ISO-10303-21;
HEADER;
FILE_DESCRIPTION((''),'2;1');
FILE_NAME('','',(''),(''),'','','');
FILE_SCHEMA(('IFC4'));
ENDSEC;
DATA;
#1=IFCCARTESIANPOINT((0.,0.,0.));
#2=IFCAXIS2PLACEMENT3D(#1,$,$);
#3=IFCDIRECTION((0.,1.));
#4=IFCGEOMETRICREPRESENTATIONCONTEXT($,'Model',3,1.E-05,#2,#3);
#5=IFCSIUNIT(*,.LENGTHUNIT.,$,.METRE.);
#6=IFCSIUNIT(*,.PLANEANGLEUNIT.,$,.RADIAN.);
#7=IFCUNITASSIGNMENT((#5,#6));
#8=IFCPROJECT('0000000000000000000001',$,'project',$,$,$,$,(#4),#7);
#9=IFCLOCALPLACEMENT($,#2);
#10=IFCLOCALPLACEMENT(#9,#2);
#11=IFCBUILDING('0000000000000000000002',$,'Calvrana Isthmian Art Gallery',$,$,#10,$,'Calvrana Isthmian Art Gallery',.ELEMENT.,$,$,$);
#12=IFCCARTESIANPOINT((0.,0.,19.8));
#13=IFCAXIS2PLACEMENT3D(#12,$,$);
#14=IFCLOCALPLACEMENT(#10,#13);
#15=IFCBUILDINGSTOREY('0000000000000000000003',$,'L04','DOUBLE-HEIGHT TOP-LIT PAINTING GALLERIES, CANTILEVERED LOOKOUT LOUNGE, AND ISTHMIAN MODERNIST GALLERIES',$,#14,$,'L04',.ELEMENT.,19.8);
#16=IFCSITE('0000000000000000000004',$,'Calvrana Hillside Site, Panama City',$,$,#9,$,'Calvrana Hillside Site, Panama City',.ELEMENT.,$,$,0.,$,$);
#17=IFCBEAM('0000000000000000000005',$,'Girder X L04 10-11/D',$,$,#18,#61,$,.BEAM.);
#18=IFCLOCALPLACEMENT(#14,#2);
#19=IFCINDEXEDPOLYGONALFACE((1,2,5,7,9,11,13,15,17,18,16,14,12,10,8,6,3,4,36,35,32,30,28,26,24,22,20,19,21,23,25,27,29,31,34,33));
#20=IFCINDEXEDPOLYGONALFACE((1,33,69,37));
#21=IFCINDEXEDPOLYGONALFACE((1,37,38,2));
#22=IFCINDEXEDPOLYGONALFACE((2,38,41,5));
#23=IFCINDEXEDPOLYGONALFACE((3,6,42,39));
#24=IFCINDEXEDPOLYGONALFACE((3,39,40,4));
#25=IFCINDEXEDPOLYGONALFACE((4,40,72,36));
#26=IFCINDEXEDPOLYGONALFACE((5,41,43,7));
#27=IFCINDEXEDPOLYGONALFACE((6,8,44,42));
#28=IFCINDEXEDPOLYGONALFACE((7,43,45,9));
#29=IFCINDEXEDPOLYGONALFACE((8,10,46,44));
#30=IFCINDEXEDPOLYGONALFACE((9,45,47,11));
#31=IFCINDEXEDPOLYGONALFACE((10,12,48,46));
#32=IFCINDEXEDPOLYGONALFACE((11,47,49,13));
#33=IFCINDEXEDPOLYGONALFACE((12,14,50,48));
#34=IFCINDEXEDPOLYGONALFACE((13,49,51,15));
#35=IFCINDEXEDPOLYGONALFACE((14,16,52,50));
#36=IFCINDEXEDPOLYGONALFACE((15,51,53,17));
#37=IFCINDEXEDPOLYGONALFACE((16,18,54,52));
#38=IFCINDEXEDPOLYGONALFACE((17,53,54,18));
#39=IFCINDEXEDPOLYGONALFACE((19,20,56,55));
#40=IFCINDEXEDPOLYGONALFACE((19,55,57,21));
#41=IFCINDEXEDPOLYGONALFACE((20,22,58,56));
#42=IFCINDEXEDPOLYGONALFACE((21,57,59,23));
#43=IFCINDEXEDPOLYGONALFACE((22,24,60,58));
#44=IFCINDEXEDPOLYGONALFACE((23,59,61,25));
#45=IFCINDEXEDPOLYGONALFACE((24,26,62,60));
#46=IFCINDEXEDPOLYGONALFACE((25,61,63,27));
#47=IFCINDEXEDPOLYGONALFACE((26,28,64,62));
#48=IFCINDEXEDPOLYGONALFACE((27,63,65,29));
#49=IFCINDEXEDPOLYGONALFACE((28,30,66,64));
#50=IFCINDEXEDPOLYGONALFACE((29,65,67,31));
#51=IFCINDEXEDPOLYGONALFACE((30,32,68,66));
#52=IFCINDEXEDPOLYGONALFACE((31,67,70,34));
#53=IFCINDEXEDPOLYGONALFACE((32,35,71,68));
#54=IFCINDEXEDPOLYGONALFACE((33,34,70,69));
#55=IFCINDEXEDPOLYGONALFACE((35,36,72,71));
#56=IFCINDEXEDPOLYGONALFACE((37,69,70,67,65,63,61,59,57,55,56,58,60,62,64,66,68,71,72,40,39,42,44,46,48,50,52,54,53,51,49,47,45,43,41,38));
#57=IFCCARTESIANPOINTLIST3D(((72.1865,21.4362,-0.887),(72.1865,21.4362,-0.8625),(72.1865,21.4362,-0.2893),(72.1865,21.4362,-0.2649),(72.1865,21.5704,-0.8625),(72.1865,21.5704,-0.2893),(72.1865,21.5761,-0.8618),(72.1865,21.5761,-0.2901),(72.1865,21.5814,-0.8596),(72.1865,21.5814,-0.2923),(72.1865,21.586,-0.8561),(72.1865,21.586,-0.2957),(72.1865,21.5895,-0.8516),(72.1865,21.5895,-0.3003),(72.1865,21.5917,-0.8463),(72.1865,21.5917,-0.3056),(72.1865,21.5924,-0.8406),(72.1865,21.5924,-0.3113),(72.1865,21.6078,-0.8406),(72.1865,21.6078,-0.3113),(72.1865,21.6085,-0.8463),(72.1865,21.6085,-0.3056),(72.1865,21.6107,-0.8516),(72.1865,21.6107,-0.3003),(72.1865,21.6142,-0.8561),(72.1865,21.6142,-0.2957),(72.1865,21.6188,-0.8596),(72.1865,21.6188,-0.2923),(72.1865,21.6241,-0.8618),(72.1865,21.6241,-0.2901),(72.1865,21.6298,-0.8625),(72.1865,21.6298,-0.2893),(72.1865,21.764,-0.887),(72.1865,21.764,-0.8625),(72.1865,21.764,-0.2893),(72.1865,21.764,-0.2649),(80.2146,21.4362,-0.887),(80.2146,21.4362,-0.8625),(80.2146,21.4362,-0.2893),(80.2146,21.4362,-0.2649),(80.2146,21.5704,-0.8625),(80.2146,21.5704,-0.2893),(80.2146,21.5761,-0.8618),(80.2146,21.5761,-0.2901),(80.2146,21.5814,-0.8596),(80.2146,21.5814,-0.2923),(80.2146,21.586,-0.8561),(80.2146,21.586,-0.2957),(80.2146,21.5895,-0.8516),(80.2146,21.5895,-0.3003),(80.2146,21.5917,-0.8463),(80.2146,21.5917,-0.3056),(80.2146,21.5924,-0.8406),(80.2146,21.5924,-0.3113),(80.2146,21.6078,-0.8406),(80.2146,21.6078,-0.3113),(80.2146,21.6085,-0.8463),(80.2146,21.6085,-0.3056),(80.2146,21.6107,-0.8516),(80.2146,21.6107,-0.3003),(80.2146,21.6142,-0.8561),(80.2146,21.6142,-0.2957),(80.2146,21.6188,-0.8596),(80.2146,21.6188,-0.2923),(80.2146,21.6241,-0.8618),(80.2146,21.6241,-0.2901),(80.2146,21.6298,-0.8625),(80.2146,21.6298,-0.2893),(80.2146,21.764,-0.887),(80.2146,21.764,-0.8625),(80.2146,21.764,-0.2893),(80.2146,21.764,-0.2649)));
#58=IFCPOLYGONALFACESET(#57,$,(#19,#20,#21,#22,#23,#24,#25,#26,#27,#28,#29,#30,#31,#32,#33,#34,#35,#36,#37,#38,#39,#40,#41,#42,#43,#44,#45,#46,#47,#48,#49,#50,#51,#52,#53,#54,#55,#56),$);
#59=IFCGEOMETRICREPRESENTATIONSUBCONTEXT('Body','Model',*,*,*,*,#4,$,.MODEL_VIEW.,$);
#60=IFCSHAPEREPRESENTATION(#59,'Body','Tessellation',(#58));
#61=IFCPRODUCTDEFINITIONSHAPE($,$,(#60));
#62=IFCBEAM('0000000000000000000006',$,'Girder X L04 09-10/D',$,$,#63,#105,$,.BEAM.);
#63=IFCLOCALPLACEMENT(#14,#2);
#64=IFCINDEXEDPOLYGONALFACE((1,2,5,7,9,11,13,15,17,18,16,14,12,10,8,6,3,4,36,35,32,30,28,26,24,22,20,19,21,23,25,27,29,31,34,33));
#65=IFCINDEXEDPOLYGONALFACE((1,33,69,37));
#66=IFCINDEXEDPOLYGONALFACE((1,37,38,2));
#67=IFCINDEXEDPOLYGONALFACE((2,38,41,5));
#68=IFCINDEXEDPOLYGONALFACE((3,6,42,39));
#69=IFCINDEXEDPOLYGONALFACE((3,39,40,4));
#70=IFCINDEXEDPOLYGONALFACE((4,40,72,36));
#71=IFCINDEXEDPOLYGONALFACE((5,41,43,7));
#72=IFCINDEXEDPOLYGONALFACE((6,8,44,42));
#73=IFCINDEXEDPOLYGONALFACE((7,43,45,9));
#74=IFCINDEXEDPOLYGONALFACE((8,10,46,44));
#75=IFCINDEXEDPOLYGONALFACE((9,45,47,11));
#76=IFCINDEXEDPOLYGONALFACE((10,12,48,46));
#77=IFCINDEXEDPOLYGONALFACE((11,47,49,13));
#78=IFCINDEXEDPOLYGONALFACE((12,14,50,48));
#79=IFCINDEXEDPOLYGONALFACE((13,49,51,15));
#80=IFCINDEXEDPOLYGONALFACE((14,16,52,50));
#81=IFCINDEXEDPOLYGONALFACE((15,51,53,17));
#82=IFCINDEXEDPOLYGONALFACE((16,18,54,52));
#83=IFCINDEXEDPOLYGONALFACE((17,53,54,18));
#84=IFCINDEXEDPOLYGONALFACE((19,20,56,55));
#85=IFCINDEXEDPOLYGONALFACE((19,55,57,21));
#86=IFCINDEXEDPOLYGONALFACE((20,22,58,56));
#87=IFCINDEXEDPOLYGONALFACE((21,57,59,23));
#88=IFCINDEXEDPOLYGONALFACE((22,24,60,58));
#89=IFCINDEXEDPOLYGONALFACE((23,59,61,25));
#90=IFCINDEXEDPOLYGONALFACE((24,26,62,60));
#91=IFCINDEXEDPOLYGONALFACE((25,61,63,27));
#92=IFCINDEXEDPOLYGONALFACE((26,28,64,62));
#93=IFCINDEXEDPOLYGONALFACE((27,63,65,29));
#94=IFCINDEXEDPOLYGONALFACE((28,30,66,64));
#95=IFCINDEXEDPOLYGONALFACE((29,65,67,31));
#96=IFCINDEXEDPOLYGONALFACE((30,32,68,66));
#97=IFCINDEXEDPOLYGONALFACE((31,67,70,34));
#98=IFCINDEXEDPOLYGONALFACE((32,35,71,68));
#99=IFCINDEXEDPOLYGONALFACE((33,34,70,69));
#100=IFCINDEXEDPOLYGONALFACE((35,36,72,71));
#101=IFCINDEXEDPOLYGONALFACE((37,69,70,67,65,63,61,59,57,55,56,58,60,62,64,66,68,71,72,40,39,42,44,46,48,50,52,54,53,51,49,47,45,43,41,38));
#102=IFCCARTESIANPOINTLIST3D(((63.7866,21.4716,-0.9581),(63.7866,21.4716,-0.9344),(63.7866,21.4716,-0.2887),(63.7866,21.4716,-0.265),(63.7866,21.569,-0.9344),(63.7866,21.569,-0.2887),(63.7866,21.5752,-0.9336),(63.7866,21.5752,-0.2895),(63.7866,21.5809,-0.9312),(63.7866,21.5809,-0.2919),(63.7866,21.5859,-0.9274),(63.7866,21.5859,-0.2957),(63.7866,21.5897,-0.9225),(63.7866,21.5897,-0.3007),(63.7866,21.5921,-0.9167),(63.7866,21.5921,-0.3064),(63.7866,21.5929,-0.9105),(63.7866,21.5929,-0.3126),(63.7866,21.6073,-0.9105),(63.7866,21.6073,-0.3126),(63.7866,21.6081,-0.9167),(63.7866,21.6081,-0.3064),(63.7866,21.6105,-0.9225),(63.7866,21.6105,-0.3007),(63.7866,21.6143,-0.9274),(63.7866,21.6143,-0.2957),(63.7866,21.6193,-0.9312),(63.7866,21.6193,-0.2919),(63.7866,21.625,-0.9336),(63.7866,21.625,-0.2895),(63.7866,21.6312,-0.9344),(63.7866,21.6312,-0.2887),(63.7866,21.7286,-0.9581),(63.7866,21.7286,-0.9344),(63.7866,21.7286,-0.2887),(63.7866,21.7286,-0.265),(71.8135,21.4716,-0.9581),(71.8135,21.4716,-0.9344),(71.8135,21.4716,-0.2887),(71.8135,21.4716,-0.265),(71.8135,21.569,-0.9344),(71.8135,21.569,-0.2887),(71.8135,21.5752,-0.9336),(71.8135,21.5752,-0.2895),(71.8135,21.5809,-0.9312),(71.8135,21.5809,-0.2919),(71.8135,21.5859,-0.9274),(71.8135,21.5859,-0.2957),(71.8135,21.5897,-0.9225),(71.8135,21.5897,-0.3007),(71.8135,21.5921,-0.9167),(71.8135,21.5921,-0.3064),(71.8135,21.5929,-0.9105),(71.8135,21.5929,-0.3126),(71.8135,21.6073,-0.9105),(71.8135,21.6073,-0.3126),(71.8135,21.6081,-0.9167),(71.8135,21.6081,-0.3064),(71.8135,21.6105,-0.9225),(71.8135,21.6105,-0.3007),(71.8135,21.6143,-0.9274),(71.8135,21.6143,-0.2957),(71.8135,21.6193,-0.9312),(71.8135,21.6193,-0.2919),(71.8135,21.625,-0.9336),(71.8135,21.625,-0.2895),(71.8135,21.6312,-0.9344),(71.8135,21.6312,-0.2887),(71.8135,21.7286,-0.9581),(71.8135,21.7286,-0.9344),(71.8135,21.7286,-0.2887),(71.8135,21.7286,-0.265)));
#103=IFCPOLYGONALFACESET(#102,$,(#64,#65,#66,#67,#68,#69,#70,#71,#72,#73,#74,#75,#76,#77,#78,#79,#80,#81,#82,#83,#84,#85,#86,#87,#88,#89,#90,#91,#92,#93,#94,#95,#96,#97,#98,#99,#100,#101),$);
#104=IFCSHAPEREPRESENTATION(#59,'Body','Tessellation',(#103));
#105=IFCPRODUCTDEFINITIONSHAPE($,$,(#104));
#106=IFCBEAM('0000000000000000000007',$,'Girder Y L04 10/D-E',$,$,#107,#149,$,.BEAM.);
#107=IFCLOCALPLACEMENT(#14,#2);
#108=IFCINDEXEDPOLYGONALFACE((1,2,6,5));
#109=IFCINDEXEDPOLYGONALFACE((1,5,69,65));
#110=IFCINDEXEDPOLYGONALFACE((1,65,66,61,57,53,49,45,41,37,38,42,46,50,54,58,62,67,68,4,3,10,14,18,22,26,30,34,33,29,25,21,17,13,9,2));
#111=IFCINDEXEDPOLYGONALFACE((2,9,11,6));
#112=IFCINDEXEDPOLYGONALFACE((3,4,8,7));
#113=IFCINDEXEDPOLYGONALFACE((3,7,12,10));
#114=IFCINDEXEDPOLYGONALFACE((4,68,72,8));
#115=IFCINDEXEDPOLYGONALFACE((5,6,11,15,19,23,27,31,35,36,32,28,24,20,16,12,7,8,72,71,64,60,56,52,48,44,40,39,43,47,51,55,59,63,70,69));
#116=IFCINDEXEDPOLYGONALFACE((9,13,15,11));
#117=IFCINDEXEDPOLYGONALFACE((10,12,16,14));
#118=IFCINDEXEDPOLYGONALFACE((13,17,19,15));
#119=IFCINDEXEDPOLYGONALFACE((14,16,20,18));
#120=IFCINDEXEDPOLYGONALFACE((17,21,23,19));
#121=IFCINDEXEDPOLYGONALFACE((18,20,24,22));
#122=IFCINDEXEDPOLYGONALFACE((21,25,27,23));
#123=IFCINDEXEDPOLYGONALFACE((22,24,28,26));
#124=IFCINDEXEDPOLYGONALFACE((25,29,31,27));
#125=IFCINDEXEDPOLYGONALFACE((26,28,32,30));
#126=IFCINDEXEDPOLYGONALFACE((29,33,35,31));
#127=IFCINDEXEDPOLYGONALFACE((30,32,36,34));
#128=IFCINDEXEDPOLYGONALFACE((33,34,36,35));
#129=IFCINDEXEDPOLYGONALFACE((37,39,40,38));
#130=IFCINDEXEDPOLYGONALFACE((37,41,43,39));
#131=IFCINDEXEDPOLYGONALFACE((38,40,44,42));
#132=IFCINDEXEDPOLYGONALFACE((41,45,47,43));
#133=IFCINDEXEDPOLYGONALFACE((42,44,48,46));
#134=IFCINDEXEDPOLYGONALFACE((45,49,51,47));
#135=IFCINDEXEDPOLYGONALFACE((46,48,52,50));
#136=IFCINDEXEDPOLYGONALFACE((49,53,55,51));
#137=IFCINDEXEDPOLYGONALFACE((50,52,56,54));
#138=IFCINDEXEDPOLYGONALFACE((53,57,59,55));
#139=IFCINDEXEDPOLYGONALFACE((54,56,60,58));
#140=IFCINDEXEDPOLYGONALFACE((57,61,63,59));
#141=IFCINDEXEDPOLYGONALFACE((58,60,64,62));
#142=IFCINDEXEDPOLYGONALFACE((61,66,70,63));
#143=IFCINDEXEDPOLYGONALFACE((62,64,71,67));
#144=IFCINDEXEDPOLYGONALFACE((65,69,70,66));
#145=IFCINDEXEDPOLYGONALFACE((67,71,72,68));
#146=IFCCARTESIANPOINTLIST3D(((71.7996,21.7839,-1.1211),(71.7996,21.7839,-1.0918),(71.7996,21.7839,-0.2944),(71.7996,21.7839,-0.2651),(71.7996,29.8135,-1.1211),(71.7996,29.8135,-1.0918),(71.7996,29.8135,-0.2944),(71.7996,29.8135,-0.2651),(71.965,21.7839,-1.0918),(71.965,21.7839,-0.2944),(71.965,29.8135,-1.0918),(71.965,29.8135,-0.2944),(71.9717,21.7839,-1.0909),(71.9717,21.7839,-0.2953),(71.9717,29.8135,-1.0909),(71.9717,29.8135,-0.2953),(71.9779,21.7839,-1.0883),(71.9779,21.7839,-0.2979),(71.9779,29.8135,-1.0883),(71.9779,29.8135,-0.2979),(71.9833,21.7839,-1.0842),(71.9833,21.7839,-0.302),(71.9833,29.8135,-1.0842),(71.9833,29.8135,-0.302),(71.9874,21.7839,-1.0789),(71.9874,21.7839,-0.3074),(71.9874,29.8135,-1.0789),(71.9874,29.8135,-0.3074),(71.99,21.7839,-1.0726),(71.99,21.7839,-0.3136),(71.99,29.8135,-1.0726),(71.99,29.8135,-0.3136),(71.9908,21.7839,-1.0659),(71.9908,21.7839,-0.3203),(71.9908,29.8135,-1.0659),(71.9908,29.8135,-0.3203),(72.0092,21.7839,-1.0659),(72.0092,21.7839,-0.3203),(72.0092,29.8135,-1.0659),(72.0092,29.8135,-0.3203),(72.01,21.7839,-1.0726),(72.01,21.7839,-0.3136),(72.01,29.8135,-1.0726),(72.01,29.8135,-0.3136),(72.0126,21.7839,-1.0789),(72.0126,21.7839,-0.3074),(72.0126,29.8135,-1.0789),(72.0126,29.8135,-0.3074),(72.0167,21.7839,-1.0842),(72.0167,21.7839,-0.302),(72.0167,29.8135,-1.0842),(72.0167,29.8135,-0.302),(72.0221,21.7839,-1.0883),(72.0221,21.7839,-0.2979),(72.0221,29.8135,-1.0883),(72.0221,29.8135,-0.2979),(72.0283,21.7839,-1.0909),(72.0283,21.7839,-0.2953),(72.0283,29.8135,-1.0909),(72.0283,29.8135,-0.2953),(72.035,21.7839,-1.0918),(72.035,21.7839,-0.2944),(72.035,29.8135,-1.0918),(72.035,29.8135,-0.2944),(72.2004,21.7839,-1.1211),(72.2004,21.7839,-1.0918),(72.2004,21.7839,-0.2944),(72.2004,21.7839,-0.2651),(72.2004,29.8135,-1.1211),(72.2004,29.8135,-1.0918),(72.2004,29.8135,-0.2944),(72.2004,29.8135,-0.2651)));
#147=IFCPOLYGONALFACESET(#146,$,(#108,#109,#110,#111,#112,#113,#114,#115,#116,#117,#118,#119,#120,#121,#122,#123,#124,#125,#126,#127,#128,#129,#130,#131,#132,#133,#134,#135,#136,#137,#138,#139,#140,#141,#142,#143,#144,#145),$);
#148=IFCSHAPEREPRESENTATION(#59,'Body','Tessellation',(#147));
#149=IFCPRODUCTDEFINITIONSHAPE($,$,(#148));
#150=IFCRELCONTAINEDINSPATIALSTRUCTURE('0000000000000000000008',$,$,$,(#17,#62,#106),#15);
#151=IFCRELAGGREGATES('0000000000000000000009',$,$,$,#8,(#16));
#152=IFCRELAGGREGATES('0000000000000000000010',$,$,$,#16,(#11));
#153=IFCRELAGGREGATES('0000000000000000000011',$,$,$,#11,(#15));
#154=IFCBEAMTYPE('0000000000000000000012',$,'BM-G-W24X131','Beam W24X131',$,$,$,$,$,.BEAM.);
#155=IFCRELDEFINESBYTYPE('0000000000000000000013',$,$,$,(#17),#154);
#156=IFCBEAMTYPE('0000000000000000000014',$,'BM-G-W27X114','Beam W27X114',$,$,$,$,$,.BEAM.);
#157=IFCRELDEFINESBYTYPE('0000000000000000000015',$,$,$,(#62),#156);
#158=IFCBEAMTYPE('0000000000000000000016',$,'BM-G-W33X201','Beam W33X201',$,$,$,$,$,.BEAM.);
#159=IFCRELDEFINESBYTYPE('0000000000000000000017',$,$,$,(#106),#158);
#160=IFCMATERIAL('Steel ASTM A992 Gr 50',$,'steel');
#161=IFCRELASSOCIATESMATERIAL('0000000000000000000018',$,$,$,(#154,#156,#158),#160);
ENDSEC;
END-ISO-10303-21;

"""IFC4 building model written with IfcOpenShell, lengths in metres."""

from ifc_helpers import new_model, si_unit, direction, frame, origin, origin_2d, place, context, subcontext, project, spatial, i_section, extrude, material, material_profile, profile_set, type_object, element, save


model = new_model("IFC4")

# Units and contexts
model_context = context("Model", 3, precision=1e-05, world=origin(), true_north=direction((0.0, 1.0)))
body_context = subcontext(model_context, "Body", "Model", "MODEL_VIEW")
ifc_project = project(units=[si_unit("LENGTHUNIT", "METRE"), si_unit("PLANEANGLEUNIT", "RADIAN")], contexts=[model_context])

# Site, building, storey
site_placement = place(None, origin())
site = spatial("IfcSite", under=ifc_project, at=site_placement, Name="Calvrana Hillside Site, Panama City", LongName="Calvrana Hillside Site, Panama City", CompositionType="ELEMENT", RefElevation=0.0)
building_placement = place(site_placement, origin())
building = spatial("IfcBuilding", under=site, at=building_placement, Name="Calvrana Isthmian Art Gallery", LongName="Calvrana Isthmian Art Gallery", CompositionType="ELEMENT")
storey_placement = place(building_placement, frame((0.0, 0.0, 19.8)))
storey = spatial("IfcBuildingStorey", under=building, at=storey_placement, Name="L04", Description="DOUBLE-HEIGHT TOP-LIT PAINTING GALLERIES, CANTILEVERED LOOKOUT LOUNGE, AND ISTHMIAN MODERNIST GALLERIES", LongName="L04", CompositionType="ELEMENT", Elevation=19.8)

# Shared definitions
ifc_material_1 = material(Name="Steel ASTM A992 Gr 50", Category="steel")

# Beams
ifc_material_profile_1 = material_profile(ifc_material_1, i_section(OverallWidth=0.3279, OverallDepth=0.6221, WebThickness=0.0154, FlangeThickness=0.0244, FilletRadius=0.022, at=origin_2d()), Name="W24X131")
ifc_profile_set_1 = profile_set([ifc_material_profile_1], Name="Steel ASTM A992 Gr 50")
beam_type_1 = type_object("IfcBeamType", Name="BM-G-W24X131", Description="Beam W24X131", PredefinedType="BEAM", material=ifc_profile_set_1)
beam_1_placement = place(storey_placement, frame((72.1865, 21.6001, -0.5759), z_axis=(1.0, 0.0, 0.0), x_axis=(0.0, 1.0, 0.0)))
element("IfcBeam", 1, at=beam_1_placement, inside=storey, type_object=beam_type_1, Name="Girder X L04 10-11/D", PredefinedType="BEAM", context=body_context, shape_type="SweptSolid", body=[
    extrude(i_section(OverallWidth=0.3279, OverallDepth=0.6221, WebThickness=0.0154, FlangeThickness=0.0244, FilletRadius=0.022, at=origin_2d()), origin(), (0.0, 0.0, 1.0), 8.0281),
])
ifc_material_profile_2 = material_profile(ifc_material_1, i_section(OverallWidth=0.2571, OverallDepth=0.6931, WebThickness=0.0144, FlangeThickness=0.0237, FilletRadius=0.0239, at=origin_2d()), Name="W27X114")
ifc_profile_set_2 = profile_set([ifc_material_profile_2], Name="Steel ASTM A992 Gr 50")
beam_type_2 = type_object("IfcBeamType", Name="BM-G-W27X114", Description="Beam W27X114", PredefinedType="BEAM", material=ifc_profile_set_2)
beam_2_placement = place(storey_placement, frame((63.7866, 21.6001, -0.6116), z_axis=(1.0, 0.0, 0.0), x_axis=(0.0, 1.0, 0.0)))
element("IfcBeam", 2, at=beam_2_placement, inside=storey, type_object=beam_type_2, Name="Girder X L04 09-10/D", PredefinedType="BEAM", context=body_context, shape_type="SweptSolid", body=[
    extrude(i_section(OverallWidth=0.2571, OverallDepth=0.6931, WebThickness=0.0144, FlangeThickness=0.0237, FilletRadius=0.0239, at=origin_2d()), origin(), (0.0, 0.0, 1.0), 8.0269),
])
ifc_material_profile_3 = material_profile(ifc_material_1, i_section(OverallWidth=0.4009, OverallDepth=0.856, WebThickness=0.0183, FlangeThickness=0.0293, FilletRadius=0.0259, at=origin_2d()), Name="W33X201")
ifc_profile_set_3 = profile_set([ifc_material_profile_3], Name="Steel ASTM A992 Gr 50")
beam_type_3 = type_object("IfcBeamType", Name="BM-G-W33X201", Description="Beam W33X201", PredefinedType="BEAM", material=ifc_profile_set_3)
beam_3_placement = place(storey_placement, frame((72.0, 21.7839, -0.6931), z_axis=(0.0, 1.0, 0.0), x_axis=(-1.0, 0.0, 0.0)))
element("IfcBeam", 3, at=beam_3_placement, inside=storey, type_object=beam_type_3, Name="Girder Y L04 10/D-E", PredefinedType="BEAM", context=body_context, shape_type="SweptSolid", body=[
    extrude(i_section(OverallWidth=0.4009, OverallDepth=0.856, WebThickness=0.0183, FlangeThickness=0.0293, FilletRadius=0.0259, at=origin_2d()), origin(), (0.0, 0.0, 1.0), 8.0295),
])

save(model, "model.ifc")
